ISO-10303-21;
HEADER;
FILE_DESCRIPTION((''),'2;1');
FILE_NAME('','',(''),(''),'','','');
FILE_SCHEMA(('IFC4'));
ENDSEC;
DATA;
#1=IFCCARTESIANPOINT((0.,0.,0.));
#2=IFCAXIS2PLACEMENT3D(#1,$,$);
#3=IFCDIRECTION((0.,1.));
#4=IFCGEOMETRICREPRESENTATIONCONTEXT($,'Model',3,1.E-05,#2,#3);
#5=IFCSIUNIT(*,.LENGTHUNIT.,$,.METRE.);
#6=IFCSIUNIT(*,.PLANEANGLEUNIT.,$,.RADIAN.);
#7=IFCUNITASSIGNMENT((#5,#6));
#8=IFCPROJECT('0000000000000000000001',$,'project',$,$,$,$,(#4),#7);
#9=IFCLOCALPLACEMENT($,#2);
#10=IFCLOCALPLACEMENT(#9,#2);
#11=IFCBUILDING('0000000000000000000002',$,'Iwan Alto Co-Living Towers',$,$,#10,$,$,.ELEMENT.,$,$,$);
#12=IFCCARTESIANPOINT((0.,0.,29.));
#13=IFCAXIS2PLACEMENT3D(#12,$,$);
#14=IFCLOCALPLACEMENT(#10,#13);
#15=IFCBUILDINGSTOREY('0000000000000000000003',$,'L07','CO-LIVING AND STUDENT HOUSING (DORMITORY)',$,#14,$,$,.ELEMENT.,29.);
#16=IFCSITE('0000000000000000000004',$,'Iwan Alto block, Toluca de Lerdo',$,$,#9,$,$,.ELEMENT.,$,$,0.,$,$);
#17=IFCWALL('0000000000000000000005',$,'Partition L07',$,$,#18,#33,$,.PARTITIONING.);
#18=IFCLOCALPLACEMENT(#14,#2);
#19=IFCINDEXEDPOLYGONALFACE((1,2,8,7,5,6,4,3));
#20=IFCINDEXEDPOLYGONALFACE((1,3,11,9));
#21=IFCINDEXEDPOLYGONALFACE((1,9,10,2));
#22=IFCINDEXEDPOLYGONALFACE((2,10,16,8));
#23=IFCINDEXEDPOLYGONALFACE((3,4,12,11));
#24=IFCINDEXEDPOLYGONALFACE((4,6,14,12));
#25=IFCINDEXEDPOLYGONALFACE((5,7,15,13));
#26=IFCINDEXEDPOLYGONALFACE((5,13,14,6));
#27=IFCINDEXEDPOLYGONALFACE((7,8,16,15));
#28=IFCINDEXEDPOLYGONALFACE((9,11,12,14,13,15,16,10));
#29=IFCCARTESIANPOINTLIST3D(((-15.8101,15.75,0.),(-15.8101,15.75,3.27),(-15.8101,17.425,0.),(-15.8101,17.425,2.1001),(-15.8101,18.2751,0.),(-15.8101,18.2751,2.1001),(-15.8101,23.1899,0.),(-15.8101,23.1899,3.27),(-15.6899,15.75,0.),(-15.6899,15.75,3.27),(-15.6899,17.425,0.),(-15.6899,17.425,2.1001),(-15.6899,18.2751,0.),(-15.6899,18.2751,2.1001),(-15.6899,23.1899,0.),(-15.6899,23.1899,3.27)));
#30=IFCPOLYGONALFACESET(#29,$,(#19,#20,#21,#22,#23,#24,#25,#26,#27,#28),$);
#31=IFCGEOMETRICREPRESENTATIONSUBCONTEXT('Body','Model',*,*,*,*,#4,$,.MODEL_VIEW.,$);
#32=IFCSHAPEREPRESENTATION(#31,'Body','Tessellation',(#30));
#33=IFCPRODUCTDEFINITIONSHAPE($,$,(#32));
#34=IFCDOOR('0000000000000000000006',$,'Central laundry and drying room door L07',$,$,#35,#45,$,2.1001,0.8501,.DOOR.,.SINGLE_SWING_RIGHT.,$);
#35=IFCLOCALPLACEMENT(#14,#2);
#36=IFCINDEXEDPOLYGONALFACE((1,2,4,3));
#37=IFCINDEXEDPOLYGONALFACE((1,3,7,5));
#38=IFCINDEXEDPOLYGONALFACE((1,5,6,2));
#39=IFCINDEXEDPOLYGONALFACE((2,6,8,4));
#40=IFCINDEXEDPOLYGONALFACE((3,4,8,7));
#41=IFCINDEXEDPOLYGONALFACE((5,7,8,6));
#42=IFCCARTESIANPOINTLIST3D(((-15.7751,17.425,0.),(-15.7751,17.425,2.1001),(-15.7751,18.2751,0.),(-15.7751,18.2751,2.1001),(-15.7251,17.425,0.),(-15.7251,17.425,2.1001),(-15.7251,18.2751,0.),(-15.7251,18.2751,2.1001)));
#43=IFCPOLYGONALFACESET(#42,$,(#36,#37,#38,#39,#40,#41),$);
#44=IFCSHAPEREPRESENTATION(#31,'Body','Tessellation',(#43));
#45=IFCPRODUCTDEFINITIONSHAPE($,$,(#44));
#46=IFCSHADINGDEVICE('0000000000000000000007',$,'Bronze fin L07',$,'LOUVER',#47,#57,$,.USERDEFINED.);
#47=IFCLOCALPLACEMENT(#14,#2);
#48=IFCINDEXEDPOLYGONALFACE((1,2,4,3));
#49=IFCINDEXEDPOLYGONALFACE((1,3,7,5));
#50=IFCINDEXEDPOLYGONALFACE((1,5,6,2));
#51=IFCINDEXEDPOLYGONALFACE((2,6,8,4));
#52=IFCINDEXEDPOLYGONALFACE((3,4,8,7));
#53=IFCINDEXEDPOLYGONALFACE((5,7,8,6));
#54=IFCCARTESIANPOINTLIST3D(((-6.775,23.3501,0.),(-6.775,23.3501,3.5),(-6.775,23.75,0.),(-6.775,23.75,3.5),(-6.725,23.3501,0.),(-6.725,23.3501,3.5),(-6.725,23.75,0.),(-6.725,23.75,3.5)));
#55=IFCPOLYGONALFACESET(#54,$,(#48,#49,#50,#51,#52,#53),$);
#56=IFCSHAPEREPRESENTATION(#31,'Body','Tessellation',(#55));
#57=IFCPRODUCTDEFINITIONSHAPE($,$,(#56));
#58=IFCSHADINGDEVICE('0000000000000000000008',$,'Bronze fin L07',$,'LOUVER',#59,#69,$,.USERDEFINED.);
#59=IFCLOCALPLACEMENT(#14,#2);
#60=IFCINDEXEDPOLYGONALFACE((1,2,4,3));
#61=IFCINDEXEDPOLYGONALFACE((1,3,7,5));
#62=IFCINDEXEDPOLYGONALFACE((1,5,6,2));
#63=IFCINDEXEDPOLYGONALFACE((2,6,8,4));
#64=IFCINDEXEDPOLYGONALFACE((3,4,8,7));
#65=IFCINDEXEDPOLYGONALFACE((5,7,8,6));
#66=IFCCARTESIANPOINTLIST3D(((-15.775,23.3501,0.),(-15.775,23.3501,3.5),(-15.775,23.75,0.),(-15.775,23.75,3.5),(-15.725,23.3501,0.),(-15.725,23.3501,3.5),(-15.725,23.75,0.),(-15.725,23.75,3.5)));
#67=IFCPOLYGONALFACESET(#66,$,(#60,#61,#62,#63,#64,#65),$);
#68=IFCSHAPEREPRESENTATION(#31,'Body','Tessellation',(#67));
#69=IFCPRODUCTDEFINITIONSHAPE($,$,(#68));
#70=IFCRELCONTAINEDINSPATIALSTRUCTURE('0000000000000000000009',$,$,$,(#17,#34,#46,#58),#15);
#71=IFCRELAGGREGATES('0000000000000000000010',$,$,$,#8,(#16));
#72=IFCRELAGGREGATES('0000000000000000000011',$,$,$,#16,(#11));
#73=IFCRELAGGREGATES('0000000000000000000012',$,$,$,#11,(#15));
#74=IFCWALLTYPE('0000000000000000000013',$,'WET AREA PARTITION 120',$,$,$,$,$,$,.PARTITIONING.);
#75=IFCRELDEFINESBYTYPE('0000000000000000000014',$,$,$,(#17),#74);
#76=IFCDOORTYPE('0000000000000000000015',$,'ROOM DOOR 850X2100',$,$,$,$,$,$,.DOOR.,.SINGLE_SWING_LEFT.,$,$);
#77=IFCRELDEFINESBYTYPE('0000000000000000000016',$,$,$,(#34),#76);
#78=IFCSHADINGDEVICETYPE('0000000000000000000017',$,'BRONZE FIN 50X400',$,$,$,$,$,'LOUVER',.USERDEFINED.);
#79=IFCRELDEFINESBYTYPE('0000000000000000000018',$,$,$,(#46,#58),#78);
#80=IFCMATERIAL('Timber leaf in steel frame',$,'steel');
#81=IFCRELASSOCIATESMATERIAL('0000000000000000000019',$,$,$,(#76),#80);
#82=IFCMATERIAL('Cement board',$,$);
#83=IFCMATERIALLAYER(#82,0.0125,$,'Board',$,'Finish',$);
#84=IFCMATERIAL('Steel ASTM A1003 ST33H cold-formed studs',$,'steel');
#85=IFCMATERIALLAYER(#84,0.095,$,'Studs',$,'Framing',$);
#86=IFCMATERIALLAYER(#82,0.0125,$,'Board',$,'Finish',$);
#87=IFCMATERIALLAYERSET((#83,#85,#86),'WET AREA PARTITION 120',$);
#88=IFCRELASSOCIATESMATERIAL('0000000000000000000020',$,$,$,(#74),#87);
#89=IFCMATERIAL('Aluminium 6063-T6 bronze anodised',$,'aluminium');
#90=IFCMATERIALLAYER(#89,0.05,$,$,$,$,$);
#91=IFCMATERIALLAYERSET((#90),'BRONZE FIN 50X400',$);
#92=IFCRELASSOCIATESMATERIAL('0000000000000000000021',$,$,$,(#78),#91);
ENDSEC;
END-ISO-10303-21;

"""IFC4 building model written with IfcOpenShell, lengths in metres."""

from ifc_helpers import new_model, si_unit, direction, frame, frame_2d, origin, origin_2d, place, context, subcontext, project, spatial, rectangle, extrude, material, layer, layer_set, type_object, element, fill, save


model = new_model("IFC4")

# Units and contexts
model_context = context("Model", 3, precision=1e-05, world=origin(), true_north=direction((0.0, 1.0)))
body_context = subcontext(model_context, "Body", "Model", "MODEL_VIEW")
ifc_project = project(units=[si_unit("LENGTHUNIT", "METRE"), si_unit("PLANEANGLEUNIT", "RADIAN")], contexts=[model_context])

# Site, building, storey
site_placement = place(None, origin())
site = spatial("IfcSite", under=ifc_project, at=site_placement, Name="Iwan Alto block, Toluca de Lerdo", CompositionType="ELEMENT", RefElevation=0.0)
building_placement = place(site_placement, origin())
building = spatial("IfcBuilding", under=site, at=building_placement, Name="Iwan Alto Co-Living Towers", CompositionType="ELEMENT")
storey_placement = place(building_placement, frame((0.0, 0.0, 29.0)))
storey = spatial("IfcBuildingStorey", under=building, at=storey_placement, Name="L07", Description="CO-LIVING AND STUDENT HOUSING (DORMITORY)", CompositionType="ELEMENT", Elevation=29.0)

# Shared definitions
ifc_material_1 = material(Name="Steel ASTM A1003 ST33H cold-formed studs", Category="steel")
ifc_material_2 = material(Name="Timber leaf in steel frame", Category="steel")
door_type_1 = type_object("IfcDoorType", Name="ROOM DOOR 850X2100", OperationType="SINGLE_SWING_LEFT", PredefinedType="DOOR", material=ifc_material_2)

# Wall, opening, door
ifc_material_3 = material(Name="Cement board")
ifc_layer_1 = layer(ifc_material_3, 0.0125, Name="Board", Category="Finish")
ifc_layer_2 = layer(ifc_material_1, 0.095, Name="Studs", Category="Framing")
ifc_layer_3 = layer(ifc_material_3, 0.0125, Name="Board", Category="Finish")
ifc_layer_set_1 = layer_set([ifc_layer_1, ifc_layer_2, ifc_layer_3], Name="WET AREA PARTITION 120")
wall_type_1 = type_object("IfcWallType", Name="WET AREA PARTITION 120", PredefinedType="PARTITIONING", material=ifc_layer_set_1)
wall_1_placement = place(storey_placement, frame((-15.75, 15.75, 0.0), z_axis=(0.0, 0.0, 1.0), x_axis=(0.0, 1.0, 0.0)))
wall_1 = element("IfcWall", 1, at=wall_1_placement, inside=storey, type_object=wall_type_1, Name="Partition L07", PredefinedType="PARTITIONING", context=body_context, shape_type="SweptSolid", body=[
    extrude(rectangle(XDim=7.4399, YDim=0.1201, at=frame_2d((3.72, 0.0))), origin(), (0.0, 0.0, 1.0), 3.27),
])
opening_1_placement = place(wall_1_placement, frame((1.675, 0.0, 0.0)))
opening_1 = element("IfcOpeningElement", 2, at=opening_1_placement, cuts=wall_1, PredefinedType="OPENING", context=body_context, shape_type="SweptSolid", body=[
    extrude(rectangle(XDim=0.8501, YDim=2.1001, at=frame_2d((0.425, 1.05))), frame((0.0, 0.0701, 0.0), z_axis=(0.0, -1.0, 0.0), x_axis=(1.0, 0.0, 0.0)), (0.0, 0.0, 1.0), 0.1401),
])
door_1_placement = place(opening_1_placement, frame((0.8501, 0.0, 0.0), z_axis=(0.0, 0.0, 1.0), x_axis=(-1.0, 0.0, 0.0)))
door_1 = element("IfcDoor", 3, at=door_1_placement, inside=storey, type_object=door_type_1, Name="Central laundry and drying room door L07", OperationType="SINGLE_SWING_RIGHT", OverallHeight=2.1001, OverallWidth=0.8501, PredefinedType="DOOR", context=body_context, shape_type="SweptSolid", body=[
    extrude(rectangle(XDim=0.8501, YDim=2.1001, at=frame_2d((0.425, 1.05))), frame((0.0, 0.0249, 0.0), z_axis=(0.0, -1.0, 0.0), x_axis=(1.0, 0.0, 0.0)), (0.0, 0.0, 1.0), 0.05),
])
fill(opening_1, door_1)

# Shading devices
ifc_material_4 = material(Name="Aluminium 6063-T6 bronze anodised", Category="aluminium")
ifc_layer_4 = layer(ifc_material_4, 0.05)
ifc_layer_set_2 = layer_set([ifc_layer_4], Name="BRONZE FIN 50X400")
shading_device_type = type_object("IfcShadingDeviceType", Name="BRONZE FIN 50X400", ElementType="LOUVER", PredefinedType="USERDEFINED", material=ifc_layer_set_2)
for number, where, z_axis, x_axis, name in (
    (4, (-6.75, 23.55, 0.0), (0.0, 0.0, 1.0), (-1.0, 0.0, 0.0), "Bronze fin L07"),
    (5, (-15.75, 23.55, 0.0), (0.0, 0.0, 1.0), (-1.0, 0.0, 0.0), "Bronze fin L07"),
):
    element("IfcShadingDevice", number, at=place(storey_placement, frame(where, z_axis=z_axis, x_axis=x_axis)), inside=storey, type_object=shading_device_type, Name=name, ObjectType="LOUVER", PredefinedType="USERDEFINED", context=body_context, shape_type="SweptSolid", body=[
        extrude(rectangle(XDim=0.05, YDim=0.3999, at=origin_2d()), origin(), (0.0, 0.0, 1.0), 3.5),
    ])

save(model, "model.ifc")
